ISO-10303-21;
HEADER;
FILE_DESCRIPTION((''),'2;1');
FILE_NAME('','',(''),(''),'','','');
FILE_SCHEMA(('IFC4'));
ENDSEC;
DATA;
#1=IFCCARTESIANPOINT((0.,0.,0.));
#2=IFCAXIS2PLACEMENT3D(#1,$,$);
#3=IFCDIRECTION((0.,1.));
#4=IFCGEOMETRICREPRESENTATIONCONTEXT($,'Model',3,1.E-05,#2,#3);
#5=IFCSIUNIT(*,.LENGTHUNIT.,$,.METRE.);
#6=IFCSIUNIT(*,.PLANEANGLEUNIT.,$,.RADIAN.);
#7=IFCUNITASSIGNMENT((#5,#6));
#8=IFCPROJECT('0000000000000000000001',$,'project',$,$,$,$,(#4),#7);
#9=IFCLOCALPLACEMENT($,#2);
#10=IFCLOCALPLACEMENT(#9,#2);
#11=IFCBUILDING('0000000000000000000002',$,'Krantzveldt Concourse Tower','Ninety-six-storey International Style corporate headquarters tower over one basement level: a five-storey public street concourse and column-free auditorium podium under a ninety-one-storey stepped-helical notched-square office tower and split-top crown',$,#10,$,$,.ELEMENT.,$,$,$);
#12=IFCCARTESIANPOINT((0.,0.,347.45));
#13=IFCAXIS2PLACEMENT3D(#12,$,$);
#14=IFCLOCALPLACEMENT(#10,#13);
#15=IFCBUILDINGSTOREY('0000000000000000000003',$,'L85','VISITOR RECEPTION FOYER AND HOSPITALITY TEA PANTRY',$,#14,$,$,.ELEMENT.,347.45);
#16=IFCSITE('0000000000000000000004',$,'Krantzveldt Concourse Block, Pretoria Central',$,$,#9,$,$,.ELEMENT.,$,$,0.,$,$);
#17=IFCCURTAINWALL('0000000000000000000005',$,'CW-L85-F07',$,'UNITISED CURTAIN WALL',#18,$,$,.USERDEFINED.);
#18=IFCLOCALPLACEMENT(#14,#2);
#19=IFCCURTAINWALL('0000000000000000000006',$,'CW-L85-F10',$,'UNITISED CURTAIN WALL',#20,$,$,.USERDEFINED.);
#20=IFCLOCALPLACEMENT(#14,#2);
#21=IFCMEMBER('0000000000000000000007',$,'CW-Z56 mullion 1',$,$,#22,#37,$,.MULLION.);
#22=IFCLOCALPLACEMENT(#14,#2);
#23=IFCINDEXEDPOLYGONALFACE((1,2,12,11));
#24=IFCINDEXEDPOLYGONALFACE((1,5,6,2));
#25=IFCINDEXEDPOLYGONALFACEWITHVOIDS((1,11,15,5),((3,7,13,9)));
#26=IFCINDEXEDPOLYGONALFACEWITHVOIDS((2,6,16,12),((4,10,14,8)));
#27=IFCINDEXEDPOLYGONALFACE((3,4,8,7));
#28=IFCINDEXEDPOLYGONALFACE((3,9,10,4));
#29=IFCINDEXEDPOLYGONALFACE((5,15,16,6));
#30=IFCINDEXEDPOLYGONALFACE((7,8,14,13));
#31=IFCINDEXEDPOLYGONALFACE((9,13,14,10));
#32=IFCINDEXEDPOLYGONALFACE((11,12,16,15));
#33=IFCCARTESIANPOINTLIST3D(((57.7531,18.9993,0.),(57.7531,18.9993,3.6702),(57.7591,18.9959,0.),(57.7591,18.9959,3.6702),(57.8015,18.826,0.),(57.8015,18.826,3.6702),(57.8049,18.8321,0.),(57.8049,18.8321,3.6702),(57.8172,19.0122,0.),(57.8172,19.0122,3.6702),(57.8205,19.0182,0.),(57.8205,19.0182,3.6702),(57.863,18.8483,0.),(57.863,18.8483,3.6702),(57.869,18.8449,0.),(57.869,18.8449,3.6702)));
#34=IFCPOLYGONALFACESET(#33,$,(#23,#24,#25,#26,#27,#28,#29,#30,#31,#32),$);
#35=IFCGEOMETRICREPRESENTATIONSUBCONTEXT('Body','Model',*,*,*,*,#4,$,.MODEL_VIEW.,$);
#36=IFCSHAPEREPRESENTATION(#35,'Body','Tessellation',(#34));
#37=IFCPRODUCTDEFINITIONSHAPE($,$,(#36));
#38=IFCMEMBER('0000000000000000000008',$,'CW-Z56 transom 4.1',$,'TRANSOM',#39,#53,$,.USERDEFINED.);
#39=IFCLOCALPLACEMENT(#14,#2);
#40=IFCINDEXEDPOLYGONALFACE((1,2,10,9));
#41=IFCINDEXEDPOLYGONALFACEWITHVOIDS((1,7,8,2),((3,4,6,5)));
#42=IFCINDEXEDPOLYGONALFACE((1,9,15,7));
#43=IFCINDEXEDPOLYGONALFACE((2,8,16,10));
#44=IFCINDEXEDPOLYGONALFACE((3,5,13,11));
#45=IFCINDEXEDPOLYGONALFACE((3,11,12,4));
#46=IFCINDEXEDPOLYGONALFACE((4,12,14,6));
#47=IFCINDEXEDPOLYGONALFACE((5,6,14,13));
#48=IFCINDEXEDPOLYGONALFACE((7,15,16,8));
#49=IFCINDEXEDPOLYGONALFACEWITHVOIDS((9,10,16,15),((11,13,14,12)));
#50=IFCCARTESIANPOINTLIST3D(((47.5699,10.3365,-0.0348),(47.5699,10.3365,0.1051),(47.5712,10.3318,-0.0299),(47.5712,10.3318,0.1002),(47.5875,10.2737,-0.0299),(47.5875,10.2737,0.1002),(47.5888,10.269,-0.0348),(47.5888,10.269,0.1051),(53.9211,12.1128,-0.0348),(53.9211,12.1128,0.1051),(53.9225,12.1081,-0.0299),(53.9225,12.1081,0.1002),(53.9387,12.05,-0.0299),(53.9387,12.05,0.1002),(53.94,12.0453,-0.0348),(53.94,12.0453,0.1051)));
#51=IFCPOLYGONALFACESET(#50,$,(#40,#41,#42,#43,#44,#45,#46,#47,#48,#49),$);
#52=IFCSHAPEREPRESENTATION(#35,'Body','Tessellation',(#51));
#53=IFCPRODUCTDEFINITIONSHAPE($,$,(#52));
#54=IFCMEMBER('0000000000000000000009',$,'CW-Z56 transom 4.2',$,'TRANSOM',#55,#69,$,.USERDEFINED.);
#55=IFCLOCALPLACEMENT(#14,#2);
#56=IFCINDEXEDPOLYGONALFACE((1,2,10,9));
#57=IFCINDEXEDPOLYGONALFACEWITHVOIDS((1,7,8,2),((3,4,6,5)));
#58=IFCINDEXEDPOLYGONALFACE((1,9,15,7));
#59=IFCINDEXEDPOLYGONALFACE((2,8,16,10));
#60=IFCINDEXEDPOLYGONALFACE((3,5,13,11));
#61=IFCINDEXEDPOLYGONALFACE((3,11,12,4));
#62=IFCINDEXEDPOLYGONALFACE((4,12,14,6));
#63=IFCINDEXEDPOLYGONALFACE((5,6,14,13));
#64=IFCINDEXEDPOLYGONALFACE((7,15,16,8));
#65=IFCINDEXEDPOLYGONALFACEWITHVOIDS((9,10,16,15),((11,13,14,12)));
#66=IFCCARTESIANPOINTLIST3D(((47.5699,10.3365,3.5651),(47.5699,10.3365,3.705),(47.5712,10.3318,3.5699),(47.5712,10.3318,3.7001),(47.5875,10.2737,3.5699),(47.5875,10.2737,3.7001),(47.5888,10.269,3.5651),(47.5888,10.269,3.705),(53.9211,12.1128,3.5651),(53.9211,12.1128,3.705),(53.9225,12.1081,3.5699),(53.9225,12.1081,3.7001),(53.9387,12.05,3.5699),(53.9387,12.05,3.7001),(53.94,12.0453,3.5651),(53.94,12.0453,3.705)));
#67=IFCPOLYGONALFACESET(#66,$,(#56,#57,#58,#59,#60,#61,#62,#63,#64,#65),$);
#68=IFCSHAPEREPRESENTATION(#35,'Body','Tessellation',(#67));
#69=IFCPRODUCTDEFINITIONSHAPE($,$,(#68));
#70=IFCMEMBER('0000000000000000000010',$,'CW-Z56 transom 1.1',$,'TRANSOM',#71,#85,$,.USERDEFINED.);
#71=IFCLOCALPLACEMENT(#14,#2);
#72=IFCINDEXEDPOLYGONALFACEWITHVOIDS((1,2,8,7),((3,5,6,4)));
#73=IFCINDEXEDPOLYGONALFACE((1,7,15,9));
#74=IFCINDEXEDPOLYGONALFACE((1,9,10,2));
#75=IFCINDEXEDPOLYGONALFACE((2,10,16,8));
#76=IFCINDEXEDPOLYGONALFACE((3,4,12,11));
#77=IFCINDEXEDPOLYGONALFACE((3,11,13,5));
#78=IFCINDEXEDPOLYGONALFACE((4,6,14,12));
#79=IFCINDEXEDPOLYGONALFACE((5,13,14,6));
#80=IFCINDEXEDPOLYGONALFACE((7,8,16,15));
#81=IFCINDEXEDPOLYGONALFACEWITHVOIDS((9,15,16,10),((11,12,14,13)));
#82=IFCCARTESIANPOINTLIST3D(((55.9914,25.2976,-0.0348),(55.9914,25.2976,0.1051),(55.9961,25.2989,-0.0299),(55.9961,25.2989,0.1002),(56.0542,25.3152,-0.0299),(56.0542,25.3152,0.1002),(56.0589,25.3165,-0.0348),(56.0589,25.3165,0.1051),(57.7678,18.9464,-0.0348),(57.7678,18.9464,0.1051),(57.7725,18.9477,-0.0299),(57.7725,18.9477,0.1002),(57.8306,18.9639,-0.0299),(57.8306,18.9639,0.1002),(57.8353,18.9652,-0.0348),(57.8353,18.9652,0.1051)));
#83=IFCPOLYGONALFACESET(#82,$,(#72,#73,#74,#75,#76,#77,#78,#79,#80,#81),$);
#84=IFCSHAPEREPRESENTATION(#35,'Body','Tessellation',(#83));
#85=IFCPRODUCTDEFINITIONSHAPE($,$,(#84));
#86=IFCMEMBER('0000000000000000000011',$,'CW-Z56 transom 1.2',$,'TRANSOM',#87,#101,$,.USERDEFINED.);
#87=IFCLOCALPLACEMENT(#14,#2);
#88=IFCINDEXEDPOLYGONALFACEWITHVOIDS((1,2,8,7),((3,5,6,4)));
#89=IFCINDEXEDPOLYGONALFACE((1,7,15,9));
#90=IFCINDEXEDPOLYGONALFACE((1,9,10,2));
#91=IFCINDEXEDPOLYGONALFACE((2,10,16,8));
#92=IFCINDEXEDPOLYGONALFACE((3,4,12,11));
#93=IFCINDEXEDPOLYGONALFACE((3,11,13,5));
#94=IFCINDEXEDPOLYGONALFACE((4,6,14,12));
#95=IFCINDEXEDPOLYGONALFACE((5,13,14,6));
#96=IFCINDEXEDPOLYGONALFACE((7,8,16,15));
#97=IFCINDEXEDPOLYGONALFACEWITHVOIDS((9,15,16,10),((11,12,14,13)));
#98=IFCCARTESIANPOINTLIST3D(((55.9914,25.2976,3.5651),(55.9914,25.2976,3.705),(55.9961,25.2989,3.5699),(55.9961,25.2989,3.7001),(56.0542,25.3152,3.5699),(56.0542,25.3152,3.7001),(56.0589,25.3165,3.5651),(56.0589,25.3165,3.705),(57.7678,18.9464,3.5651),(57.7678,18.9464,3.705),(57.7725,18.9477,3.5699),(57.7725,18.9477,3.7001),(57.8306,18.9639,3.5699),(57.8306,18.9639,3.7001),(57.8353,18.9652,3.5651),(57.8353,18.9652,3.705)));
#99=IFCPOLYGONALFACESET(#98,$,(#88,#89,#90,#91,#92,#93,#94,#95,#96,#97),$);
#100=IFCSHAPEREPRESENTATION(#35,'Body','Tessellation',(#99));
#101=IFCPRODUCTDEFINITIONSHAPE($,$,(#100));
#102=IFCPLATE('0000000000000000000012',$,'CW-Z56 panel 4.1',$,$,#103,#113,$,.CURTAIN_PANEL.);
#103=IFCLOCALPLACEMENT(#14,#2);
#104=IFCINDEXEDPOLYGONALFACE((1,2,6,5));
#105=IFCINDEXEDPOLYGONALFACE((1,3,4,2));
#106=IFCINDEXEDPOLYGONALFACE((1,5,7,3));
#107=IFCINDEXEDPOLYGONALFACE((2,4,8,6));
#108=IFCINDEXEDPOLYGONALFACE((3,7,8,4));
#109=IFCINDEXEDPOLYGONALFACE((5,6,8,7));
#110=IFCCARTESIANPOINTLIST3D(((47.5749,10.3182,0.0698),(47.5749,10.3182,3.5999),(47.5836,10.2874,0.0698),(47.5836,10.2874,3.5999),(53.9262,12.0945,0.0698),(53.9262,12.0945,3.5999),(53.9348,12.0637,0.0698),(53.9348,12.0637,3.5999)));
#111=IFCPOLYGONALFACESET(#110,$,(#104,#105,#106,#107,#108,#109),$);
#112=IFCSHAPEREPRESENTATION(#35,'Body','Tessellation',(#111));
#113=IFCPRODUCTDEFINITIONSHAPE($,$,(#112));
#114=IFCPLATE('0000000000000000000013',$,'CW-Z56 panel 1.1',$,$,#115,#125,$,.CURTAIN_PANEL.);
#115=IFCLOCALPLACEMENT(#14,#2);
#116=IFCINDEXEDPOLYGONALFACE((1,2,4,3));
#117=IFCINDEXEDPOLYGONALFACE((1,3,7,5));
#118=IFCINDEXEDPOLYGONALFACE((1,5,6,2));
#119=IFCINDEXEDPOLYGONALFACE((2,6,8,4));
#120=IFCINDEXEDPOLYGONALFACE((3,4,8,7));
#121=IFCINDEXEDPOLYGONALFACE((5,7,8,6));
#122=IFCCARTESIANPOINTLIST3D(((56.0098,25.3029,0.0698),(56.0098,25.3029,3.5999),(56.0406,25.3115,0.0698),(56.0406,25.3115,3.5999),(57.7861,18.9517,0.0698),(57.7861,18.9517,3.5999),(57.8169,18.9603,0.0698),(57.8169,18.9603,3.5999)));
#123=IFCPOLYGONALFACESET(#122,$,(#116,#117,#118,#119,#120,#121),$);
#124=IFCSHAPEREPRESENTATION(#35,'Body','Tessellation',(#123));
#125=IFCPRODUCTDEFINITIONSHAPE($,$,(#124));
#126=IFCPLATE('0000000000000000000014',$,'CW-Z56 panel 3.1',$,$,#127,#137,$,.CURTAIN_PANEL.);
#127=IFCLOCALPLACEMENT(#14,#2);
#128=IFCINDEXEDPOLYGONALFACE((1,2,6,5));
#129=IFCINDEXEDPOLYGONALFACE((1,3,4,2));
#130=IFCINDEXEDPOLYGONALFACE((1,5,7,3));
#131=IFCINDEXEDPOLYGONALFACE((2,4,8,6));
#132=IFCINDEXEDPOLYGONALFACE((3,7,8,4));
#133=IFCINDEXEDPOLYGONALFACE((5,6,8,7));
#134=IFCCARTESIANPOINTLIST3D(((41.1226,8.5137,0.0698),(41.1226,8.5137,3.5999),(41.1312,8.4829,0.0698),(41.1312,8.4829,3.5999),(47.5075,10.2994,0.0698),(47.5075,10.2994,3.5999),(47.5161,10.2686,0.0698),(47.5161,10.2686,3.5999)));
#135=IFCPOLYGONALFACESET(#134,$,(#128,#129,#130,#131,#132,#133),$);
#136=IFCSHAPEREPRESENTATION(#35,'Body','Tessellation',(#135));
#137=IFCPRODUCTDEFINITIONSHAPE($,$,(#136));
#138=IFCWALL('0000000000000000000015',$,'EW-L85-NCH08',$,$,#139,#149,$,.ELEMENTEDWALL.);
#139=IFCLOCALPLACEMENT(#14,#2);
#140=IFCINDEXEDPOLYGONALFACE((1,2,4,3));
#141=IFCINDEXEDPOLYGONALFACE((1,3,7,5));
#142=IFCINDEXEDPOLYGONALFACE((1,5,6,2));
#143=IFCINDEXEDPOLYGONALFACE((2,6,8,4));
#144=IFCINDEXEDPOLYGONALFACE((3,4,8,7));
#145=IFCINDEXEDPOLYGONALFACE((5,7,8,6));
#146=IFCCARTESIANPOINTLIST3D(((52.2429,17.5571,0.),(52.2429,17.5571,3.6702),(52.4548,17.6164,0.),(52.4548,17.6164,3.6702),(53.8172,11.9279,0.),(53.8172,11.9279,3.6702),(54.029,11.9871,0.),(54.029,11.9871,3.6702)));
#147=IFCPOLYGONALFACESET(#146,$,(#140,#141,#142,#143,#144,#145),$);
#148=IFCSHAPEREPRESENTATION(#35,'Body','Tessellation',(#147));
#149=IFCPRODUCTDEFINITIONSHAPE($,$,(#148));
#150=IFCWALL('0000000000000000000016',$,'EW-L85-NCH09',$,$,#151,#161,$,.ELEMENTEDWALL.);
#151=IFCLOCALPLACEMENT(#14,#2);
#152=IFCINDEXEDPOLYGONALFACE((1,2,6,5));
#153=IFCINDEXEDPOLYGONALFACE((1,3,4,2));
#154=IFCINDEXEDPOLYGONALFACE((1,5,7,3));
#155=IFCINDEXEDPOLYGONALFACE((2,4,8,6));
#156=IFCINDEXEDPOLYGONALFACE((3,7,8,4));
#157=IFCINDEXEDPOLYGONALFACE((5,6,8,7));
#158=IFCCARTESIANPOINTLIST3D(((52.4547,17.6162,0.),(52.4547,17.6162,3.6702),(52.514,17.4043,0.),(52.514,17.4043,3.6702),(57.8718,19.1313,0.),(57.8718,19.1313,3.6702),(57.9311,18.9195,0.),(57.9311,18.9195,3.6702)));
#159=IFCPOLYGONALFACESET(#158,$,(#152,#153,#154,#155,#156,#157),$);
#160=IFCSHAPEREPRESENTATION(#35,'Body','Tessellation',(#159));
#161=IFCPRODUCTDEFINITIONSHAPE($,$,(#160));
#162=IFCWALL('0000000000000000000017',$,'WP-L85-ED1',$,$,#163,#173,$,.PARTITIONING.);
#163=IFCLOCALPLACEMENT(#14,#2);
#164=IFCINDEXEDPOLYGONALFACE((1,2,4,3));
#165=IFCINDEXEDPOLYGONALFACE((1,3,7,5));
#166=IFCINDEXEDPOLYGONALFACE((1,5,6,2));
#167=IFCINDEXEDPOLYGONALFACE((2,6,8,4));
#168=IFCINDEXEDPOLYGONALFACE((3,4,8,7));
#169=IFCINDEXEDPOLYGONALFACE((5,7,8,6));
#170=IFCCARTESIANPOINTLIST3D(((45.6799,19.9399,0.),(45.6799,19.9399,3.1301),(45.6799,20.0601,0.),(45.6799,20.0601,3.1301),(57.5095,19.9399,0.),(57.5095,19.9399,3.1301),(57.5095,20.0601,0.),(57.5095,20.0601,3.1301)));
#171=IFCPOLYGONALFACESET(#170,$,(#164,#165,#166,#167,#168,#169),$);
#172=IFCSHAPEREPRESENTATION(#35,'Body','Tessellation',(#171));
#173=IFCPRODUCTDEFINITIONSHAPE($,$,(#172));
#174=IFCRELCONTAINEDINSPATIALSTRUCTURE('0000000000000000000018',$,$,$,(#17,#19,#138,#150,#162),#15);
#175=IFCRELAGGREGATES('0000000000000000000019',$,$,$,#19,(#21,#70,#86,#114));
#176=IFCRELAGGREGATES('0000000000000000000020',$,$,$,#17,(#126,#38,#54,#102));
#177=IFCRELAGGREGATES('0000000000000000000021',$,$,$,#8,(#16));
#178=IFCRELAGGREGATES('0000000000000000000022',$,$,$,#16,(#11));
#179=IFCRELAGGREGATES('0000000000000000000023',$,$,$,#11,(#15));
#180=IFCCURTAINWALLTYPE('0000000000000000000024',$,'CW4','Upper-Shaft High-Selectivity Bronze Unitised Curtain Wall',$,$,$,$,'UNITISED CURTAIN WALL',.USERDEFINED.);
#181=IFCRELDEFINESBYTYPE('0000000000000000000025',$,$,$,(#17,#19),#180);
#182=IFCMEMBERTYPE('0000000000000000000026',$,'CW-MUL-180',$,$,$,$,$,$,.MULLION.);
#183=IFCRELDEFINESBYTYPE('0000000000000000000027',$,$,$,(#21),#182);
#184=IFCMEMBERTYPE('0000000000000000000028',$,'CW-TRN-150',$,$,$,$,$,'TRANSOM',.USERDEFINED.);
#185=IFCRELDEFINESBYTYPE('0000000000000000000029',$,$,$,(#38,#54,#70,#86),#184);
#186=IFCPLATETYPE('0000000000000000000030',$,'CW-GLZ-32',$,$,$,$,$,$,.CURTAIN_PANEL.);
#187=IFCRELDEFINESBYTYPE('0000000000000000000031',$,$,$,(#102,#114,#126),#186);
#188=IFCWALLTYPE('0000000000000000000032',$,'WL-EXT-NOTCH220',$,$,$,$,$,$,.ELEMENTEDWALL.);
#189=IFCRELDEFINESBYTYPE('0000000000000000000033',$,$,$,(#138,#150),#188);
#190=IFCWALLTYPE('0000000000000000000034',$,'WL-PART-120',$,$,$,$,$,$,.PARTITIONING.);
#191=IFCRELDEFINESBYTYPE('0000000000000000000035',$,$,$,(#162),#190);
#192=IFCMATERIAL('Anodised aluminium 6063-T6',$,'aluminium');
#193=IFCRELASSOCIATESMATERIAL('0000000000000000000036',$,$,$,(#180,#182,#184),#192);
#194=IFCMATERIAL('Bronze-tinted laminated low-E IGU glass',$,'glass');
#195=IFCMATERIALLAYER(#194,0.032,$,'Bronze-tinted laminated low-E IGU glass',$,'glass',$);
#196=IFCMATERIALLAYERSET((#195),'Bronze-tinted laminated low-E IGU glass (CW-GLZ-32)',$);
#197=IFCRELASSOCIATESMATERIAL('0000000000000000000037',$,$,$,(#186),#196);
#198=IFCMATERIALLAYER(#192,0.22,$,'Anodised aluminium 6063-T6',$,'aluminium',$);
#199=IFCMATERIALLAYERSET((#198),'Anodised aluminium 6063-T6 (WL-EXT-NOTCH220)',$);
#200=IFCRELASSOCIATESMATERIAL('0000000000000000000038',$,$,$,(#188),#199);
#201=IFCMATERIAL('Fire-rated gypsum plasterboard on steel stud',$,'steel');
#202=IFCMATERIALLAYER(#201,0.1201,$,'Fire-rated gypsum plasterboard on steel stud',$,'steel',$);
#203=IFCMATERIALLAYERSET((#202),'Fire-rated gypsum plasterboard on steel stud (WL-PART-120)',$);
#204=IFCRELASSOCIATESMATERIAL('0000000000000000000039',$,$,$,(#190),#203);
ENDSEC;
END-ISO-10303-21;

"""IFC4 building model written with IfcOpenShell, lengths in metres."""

from ifc_helpers import new_model, si_unit, direction, frame, frame_2d, origin, origin_2d, place, context, subcontext, project, spatial, rectangle, hollow_rectangle, extrude, source, transform, mapped, material, layer, layer_set, material_profile, profile_set, type_object, type_shapes, element, aggregate, save


model = new_model("IFC4")

# Units and contexts
model_context = context("Model", 3, precision=1e-05, world=origin(), true_north=direction((0.0, 1.0)))
body_context = subcontext(model_context, "Body", "Model", "MODEL_VIEW")
ifc_project = project(units=[si_unit("LENGTHUNIT", "METRE"), si_unit("PLANEANGLEUNIT", "RADIAN")], contexts=[model_context])

# Site, building, storey
site_placement = place(None, origin())
site = spatial("IfcSite", under=ifc_project, at=site_placement, Name="Krantzveldt Concourse Block, Pretoria Central", CompositionType="ELEMENT", RefElevation=0.0)
building_placement = place(site_placement, origin())
building = spatial("IfcBuilding", under=site, at=building_placement, Name="Krantzveldt Concourse Tower", Description="Ninety-six-storey International Style corporate headquarters tower over one basement level: a five-storey public street concourse and column-free auditorium podium under a ninety-one-storey stepped-helical notched-square office tower and split-top crown", CompositionType="ELEMENT")
storey_placement = place(building_placement, frame((0.0, 0.0, 347.45)))
storey = spatial("IfcBuildingStorey", under=building, at=storey_placement, Name="L85", Description="VISITOR RECEPTION FOYER AND HOSPITALITY TEA PANTRY", CompositionType="ELEMENT", Elevation=347.45)

# Curtain wall
ifc_material_1 = material(Name="Anodised aluminium 6063-T6", Category="aluminium")
curtain_wall_type = type_object("IfcCurtainWallType", Name="CW4", Description="Upper-Shaft High-Selectivity Bronze Unitised Curtain Wall", ElementType="UNITISED CURTAIN WALL", PredefinedType="USERDEFINED", material=ifc_material_1)
curtain_wall_1_placement = place(storey_placement, origin())
curtain_wall_1 = element("IfcCurtainWall", 1, at=curtain_wall_1_placement, inside=storey, type_object=curtain_wall_type, Name="CW-L85-F07", ObjectType="UNITISED CURTAIN WALL", PredefinedType="USERDEFINED")
ifc_material_profile_1 = material_profile(ifc_material_1, hollow_rectangle(XDim=0.0701, YDim=0.1799, WallThickness=0.0049, at=origin_2d()), Name="Anodised aluminium 6063-T6", Category="aluminium")
ifc_profile_set_1 = profile_set([ifc_material_profile_1], Name="Anodised aluminium 6063-T6 - ALU-MULL 180x70x5")
member_type_1 = type_object("IfcMemberType", Name="CW-MUL-180", PredefinedType="MULLION", material=ifc_profile_set_1)
shared_shape_1 = source(origin(), body_context, "Body", "SweptSolid", [
    extrude(hollow_rectangle(XDim=0.0701, YDim=0.1799, WallThickness=0.0049, at=origin_2d()), origin(), (0.0, 0.0, 1.0), 3.6702),
])
type_shapes(member_type_1, [shared_shape_1])

# Curtain wall, member
curtain_wall_2_placement = place(storey_placement, origin())
curtain_wall_2 = element("IfcCurtainWall", 2, at=curtain_wall_2_placement, inside=storey, type_object=curtain_wall_type, Name="CW-L85-F10", ObjectType="UNITISED CURTAIN WALL", PredefinedType="USERDEFINED")
member_1_placement = place(storey_placement, frame((57.811, 18.9221, 0.0), z_axis=(0.0, 0.0, 1.0), x_axis=(-0.963045, -0.26934, 0.0)))
member_1 = element("IfcMember", 3, at=member_1_placement, type_object=member_type_1, Name="CW-Z56 mullion 1", PredefinedType="MULLION", context=body_context, shape_type="MappedRepresentation", body=[
    mapped(shared_shape_1, transform((0.0, 0.0, 0.0), x_axis=(1.0, 0.0, 0.0), y_axis=(0.0, 1.0, 0.0), z_axis=(0.0, 0.0, 1.0), scale=1.0)),
])

# Members
ifc_material_profile_2 = material_profile(ifc_material_1, hollow_rectangle(XDim=0.0701, YDim=0.1399, WallThickness=0.0049, at=origin_2d()), Name="Anodised aluminium 6063-T6", Category="aluminium")
ifc_profile_set_2 = profile_set([ifc_material_profile_2], Name="Anodised aluminium 6063-T6 - ALU-TRAN 140x70x5")
member_type_2 = type_object("IfcMemberType", Name="CW-TRN-150", ElementType="TRANSOM", PredefinedType="USERDEFINED", material=ifc_profile_set_2)
shared_shape_2 = source(origin(), body_context, "Body", "SweptSolid", [
    extrude(hollow_rectangle(XDim=0.0701, YDim=0.1399, WallThickness=0.0049, at=origin_2d()), origin(), (0.0, 0.0, 1.0), 6.595),
])
type_shapes(member_type_2, [shared_shape_2])
member_2_placement = place(storey_placement, frame((47.5793, 10.3027, 0.0352), z_axis=(0.963043, 0.269348, 0.0), x_axis=(-0.269348, 0.963043, 0.0)))
member_2 = element("IfcMember", 4, at=member_2_placement, type_object=member_type_2, Name="CW-Z56 transom 4.1", ObjectType="TRANSOM", PredefinedType="USERDEFINED", context=body_context, shape_type="MappedRepresentation", body=[
    mapped(shared_shape_2, transform((0.0, 0.0, 0.0), x_axis=(1.0, 0.0, 0.0), y_axis=(0.0, 1.0, 0.0), z_axis=(0.0, 0.0, 1.0), scale=1.0)),
])
member_3_placement = place(storey_placement, frame((47.5793, 10.3027, 3.635), z_axis=(0.963043, 0.269348, 0.0), x_axis=(-0.269348, 0.963043, 0.0)))
member_3 = element("IfcMember", 5, at=member_3_placement, type_object=member_type_2, Name="CW-Z56 transom 4.2", ObjectType="TRANSOM", PredefinedType="USERDEFINED", context=body_context, shape_type="MappedRepresentation", body=[
    mapped(shared_shape_2, transform((0.0, 0.0, 0.0), x_axis=(1.0, 0.0, 0.0), y_axis=(0.0, 1.0, 0.0), z_axis=(0.0, 0.0, 1.0), scale=1.0)),
])
member_4_placement = place(storey_placement, frame((57.8015, 18.9558, 0.0352), z_axis=(-0.269348, 0.963043, 0.0), x_axis=(-0.963043, -0.269348, 0.0)))
member_4 = element("IfcMember", 6, at=member_4_placement, type_object=member_type_2, Name="CW-Z56 transom 1.1", ObjectType="TRANSOM", PredefinedType="USERDEFINED", context=body_context, shape_type="MappedRepresentation", body=[
    mapped(shared_shape_2, transform((0.0, 0.0, 0.0), x_axis=(1.0, 0.0, 0.0), y_axis=(0.0, 1.0, 0.0), z_axis=(0.0, 0.0, 1.0), scale=1.0)),
])
member_5_placement = place(storey_placement, frame((57.8015, 18.9558, 3.635), z_axis=(-0.269348, 0.963043, 0.0), x_axis=(-0.963043, -0.269348, 0.0)))
member_5 = element("IfcMember", 7, at=member_5_placement, type_object=member_type_2, Name="CW-Z56 transom 1.2", ObjectType="TRANSOM", PredefinedType="USERDEFINED", context=body_context, shape_type="MappedRepresentation", body=[
    mapped(shared_shape_2, transform((0.0, 0.0, 0.0), x_axis=(1.0, 0.0, 0.0), y_axis=(0.0, 1.0, 0.0), z_axis=(0.0, 0.0, 1.0), scale=1.0)),
])

# Plates
ifc_material_2 = material(Name="Bronze-tinted laminated low-E IGU glass", Category="glass")
ifc_layer_1 = layer(ifc_material_2, 0.032, Name="Bronze-tinted laminated low-E IGU glass", Category="glass")
ifc_layer_set_1 = layer_set([ifc_layer_1], Name="Bronze-tinted laminated low-E IGU glass (CW-GLZ-32)")
plate_type = type_object("IfcPlateType", Name="CW-GLZ-32", PredefinedType="CURTAIN_PANEL", material=ifc_layer_set_1)
shared_shape_3 = source(origin(), body_context, "Body", "SweptSolid", [
    extrude(rectangle(XDim=6.595, YDim=0.032, at=origin_2d()), origin(), (0.0, 0.0, 1.0), 3.53),
])
plate_1_placement = place(storey_placement, frame((50.7549, 11.1909, 0.0698), z_axis=(0.0, 0.0, 1.0), x_axis=(0.963045, 0.26934, 0.0)))
plate_1 = element("IfcPlate", 8, at=plate_1_placement, type_object=plate_type, Name="CW-Z56 panel 4.1", PredefinedType="CURTAIN_PANEL", context=body_context, shape_type="MappedRepresentation", body=[
    mapped(shared_shape_3, transform((0.0, 0.0, 0.0), x_axis=(1.0, 0.0, 0.0), y_axis=(0.0, 1.0, 0.0), z_axis=(0.0, 0.0, 1.0), scale=1.0)),
])
plate_2_placement = place(storey_placement, frame((56.9133, 22.1316, 0.0698), z_axis=(0.0, 0.0, 1.0), x_axis=(-0.26934, 0.963045, 0.0)))
plate_2 = element("IfcPlate", 9, at=plate_2_placement, type_object=plate_type, Name="CW-Z56 panel 1.1", PredefinedType="CURTAIN_PANEL", context=body_context, shape_type="MappedRepresentation", body=[
    mapped(shared_shape_3, transform((0.0, 0.0, 0.0), x_axis=(1.0, 0.0, 0.0), y_axis=(0.0, 1.0, 0.0), z_axis=(0.0, 0.0, 1.0), scale=1.0)),
])
aggregate(curtain_wall_2, [member_1, member_4, member_5, plate_2])
shared_shape_4 = source(origin(), body_context, "Body", "SweptSolid", [
    extrude(rectangle(XDim=6.6299, YDim=0.032, at=origin_2d()), origin(), (0.0, 0.0, 1.0), 3.53),
])
type_shapes(plate_type, [shared_shape_3, shared_shape_4])
plate_3_placement = place(storey_placement, frame((44.3193, 9.3911, 0.0698), z_axis=(0.0, 0.0, 1.0), x_axis=(0.963045, 0.26934, 0.0)))
plate_3 = element("IfcPlate", 10, at=plate_3_placement, type_object=plate_type, Name="CW-Z56 panel 3.1", PredefinedType="CURTAIN_PANEL", context=body_context, shape_type="MappedRepresentation", body=[
    mapped(shared_shape_4, transform((0.0, 0.0, 0.0), x_axis=(1.0, 0.0, 0.0), y_axis=(0.0, 1.0, 0.0), z_axis=(0.0, 0.0, 1.0), scale=1.0)),
])
aggregate(curtain_wall_1, [plate_3, member_2, member_3, plate_1])

# Walls
ifc_layer_2 = layer(ifc_material_1, 0.22, Name="Anodised aluminium 6063-T6", Category="aluminium")
ifc_layer_set_2 = layer_set([ifc_layer_2], Name="Anodised aluminium 6063-T6 (WL-EXT-NOTCH220)")
wall_type_1 = type_object("IfcWallType", Name="WL-EXT-NOTCH220", PredefinedType="ELEMENTEDWALL", material=ifc_layer_set_2)
wall_1_placement = place(storey_placement, frame((53.9231, 11.9575, 0.0), z_axis=(0.0, 0.0, 1.0), x_axis=(-0.269322, 0.96305, 0.0)))
element("IfcWall", 11, at=wall_1_placement, inside=storey, type_object=wall_type_1, Name="EW-L85-NCH08", PredefinedType="ELEMENTEDWALL", context=body_context, shape_type="SweptSolid", body=[
    extrude(rectangle(XDim=5.8452, YDim=0.22, at=frame_2d((2.9226, 0.0))), origin(), (0.0, 0.0, 1.0), 3.6702),
])
wall_2_placement = place(storey_placement, frame((52.4844, 17.5103, 0.0), z_axis=(0.0, 0.0, 1.0), x_axis=(0.963039, 0.269363, 0.0)))
element("IfcWall", 12, at=wall_2_placement, inside=storey, type_object=wall_type_1, Name="EW-L85-NCH09", PredefinedType="ELEMENTEDWALL", context=body_context, shape_type="SweptSolid", body=[
    extrude(rectangle(XDim=5.625, YDim=0.22, at=frame_2d((2.8125, 0.0))), origin(), (0.0, 0.0, 1.0), 3.6702),
])
ifc_material_3 = material(Name="Fire-rated gypsum plasterboard on steel stud", Category="steel")
ifc_layer_3 = layer(ifc_material_3, 0.1201, Name="Fire-rated gypsum plasterboard on steel stud", Category="steel")
ifc_layer_set_3 = layer_set([ifc_layer_3], Name="Fire-rated gypsum plasterboard on steel stud (WL-PART-120)")
wall_type_2 = type_object("IfcWallType", Name="WL-PART-120", PredefinedType="PARTITIONING", material=ifc_layer_set_3)
wall_3_placement = place(storey_placement, frame((45.6799, 20.0, 0.0), z_axis=(0.0, 0.0, 1.0), x_axis=(1.0, 0.0, 0.0)))
element("IfcWall", 13, at=wall_3_placement, inside=storey, type_object=wall_type_2, Name="WP-L85-ED1", PredefinedType="PARTITIONING", context=body_context, shape_type="SweptSolid", body=[
    extrude(rectangle(XDim=11.8296, YDim=0.1201, at=frame_2d((5.9148, 0.0))), origin(), (0.0, 0.0, 1.0), 3.1301),
])

save(model, "model.ifc")
